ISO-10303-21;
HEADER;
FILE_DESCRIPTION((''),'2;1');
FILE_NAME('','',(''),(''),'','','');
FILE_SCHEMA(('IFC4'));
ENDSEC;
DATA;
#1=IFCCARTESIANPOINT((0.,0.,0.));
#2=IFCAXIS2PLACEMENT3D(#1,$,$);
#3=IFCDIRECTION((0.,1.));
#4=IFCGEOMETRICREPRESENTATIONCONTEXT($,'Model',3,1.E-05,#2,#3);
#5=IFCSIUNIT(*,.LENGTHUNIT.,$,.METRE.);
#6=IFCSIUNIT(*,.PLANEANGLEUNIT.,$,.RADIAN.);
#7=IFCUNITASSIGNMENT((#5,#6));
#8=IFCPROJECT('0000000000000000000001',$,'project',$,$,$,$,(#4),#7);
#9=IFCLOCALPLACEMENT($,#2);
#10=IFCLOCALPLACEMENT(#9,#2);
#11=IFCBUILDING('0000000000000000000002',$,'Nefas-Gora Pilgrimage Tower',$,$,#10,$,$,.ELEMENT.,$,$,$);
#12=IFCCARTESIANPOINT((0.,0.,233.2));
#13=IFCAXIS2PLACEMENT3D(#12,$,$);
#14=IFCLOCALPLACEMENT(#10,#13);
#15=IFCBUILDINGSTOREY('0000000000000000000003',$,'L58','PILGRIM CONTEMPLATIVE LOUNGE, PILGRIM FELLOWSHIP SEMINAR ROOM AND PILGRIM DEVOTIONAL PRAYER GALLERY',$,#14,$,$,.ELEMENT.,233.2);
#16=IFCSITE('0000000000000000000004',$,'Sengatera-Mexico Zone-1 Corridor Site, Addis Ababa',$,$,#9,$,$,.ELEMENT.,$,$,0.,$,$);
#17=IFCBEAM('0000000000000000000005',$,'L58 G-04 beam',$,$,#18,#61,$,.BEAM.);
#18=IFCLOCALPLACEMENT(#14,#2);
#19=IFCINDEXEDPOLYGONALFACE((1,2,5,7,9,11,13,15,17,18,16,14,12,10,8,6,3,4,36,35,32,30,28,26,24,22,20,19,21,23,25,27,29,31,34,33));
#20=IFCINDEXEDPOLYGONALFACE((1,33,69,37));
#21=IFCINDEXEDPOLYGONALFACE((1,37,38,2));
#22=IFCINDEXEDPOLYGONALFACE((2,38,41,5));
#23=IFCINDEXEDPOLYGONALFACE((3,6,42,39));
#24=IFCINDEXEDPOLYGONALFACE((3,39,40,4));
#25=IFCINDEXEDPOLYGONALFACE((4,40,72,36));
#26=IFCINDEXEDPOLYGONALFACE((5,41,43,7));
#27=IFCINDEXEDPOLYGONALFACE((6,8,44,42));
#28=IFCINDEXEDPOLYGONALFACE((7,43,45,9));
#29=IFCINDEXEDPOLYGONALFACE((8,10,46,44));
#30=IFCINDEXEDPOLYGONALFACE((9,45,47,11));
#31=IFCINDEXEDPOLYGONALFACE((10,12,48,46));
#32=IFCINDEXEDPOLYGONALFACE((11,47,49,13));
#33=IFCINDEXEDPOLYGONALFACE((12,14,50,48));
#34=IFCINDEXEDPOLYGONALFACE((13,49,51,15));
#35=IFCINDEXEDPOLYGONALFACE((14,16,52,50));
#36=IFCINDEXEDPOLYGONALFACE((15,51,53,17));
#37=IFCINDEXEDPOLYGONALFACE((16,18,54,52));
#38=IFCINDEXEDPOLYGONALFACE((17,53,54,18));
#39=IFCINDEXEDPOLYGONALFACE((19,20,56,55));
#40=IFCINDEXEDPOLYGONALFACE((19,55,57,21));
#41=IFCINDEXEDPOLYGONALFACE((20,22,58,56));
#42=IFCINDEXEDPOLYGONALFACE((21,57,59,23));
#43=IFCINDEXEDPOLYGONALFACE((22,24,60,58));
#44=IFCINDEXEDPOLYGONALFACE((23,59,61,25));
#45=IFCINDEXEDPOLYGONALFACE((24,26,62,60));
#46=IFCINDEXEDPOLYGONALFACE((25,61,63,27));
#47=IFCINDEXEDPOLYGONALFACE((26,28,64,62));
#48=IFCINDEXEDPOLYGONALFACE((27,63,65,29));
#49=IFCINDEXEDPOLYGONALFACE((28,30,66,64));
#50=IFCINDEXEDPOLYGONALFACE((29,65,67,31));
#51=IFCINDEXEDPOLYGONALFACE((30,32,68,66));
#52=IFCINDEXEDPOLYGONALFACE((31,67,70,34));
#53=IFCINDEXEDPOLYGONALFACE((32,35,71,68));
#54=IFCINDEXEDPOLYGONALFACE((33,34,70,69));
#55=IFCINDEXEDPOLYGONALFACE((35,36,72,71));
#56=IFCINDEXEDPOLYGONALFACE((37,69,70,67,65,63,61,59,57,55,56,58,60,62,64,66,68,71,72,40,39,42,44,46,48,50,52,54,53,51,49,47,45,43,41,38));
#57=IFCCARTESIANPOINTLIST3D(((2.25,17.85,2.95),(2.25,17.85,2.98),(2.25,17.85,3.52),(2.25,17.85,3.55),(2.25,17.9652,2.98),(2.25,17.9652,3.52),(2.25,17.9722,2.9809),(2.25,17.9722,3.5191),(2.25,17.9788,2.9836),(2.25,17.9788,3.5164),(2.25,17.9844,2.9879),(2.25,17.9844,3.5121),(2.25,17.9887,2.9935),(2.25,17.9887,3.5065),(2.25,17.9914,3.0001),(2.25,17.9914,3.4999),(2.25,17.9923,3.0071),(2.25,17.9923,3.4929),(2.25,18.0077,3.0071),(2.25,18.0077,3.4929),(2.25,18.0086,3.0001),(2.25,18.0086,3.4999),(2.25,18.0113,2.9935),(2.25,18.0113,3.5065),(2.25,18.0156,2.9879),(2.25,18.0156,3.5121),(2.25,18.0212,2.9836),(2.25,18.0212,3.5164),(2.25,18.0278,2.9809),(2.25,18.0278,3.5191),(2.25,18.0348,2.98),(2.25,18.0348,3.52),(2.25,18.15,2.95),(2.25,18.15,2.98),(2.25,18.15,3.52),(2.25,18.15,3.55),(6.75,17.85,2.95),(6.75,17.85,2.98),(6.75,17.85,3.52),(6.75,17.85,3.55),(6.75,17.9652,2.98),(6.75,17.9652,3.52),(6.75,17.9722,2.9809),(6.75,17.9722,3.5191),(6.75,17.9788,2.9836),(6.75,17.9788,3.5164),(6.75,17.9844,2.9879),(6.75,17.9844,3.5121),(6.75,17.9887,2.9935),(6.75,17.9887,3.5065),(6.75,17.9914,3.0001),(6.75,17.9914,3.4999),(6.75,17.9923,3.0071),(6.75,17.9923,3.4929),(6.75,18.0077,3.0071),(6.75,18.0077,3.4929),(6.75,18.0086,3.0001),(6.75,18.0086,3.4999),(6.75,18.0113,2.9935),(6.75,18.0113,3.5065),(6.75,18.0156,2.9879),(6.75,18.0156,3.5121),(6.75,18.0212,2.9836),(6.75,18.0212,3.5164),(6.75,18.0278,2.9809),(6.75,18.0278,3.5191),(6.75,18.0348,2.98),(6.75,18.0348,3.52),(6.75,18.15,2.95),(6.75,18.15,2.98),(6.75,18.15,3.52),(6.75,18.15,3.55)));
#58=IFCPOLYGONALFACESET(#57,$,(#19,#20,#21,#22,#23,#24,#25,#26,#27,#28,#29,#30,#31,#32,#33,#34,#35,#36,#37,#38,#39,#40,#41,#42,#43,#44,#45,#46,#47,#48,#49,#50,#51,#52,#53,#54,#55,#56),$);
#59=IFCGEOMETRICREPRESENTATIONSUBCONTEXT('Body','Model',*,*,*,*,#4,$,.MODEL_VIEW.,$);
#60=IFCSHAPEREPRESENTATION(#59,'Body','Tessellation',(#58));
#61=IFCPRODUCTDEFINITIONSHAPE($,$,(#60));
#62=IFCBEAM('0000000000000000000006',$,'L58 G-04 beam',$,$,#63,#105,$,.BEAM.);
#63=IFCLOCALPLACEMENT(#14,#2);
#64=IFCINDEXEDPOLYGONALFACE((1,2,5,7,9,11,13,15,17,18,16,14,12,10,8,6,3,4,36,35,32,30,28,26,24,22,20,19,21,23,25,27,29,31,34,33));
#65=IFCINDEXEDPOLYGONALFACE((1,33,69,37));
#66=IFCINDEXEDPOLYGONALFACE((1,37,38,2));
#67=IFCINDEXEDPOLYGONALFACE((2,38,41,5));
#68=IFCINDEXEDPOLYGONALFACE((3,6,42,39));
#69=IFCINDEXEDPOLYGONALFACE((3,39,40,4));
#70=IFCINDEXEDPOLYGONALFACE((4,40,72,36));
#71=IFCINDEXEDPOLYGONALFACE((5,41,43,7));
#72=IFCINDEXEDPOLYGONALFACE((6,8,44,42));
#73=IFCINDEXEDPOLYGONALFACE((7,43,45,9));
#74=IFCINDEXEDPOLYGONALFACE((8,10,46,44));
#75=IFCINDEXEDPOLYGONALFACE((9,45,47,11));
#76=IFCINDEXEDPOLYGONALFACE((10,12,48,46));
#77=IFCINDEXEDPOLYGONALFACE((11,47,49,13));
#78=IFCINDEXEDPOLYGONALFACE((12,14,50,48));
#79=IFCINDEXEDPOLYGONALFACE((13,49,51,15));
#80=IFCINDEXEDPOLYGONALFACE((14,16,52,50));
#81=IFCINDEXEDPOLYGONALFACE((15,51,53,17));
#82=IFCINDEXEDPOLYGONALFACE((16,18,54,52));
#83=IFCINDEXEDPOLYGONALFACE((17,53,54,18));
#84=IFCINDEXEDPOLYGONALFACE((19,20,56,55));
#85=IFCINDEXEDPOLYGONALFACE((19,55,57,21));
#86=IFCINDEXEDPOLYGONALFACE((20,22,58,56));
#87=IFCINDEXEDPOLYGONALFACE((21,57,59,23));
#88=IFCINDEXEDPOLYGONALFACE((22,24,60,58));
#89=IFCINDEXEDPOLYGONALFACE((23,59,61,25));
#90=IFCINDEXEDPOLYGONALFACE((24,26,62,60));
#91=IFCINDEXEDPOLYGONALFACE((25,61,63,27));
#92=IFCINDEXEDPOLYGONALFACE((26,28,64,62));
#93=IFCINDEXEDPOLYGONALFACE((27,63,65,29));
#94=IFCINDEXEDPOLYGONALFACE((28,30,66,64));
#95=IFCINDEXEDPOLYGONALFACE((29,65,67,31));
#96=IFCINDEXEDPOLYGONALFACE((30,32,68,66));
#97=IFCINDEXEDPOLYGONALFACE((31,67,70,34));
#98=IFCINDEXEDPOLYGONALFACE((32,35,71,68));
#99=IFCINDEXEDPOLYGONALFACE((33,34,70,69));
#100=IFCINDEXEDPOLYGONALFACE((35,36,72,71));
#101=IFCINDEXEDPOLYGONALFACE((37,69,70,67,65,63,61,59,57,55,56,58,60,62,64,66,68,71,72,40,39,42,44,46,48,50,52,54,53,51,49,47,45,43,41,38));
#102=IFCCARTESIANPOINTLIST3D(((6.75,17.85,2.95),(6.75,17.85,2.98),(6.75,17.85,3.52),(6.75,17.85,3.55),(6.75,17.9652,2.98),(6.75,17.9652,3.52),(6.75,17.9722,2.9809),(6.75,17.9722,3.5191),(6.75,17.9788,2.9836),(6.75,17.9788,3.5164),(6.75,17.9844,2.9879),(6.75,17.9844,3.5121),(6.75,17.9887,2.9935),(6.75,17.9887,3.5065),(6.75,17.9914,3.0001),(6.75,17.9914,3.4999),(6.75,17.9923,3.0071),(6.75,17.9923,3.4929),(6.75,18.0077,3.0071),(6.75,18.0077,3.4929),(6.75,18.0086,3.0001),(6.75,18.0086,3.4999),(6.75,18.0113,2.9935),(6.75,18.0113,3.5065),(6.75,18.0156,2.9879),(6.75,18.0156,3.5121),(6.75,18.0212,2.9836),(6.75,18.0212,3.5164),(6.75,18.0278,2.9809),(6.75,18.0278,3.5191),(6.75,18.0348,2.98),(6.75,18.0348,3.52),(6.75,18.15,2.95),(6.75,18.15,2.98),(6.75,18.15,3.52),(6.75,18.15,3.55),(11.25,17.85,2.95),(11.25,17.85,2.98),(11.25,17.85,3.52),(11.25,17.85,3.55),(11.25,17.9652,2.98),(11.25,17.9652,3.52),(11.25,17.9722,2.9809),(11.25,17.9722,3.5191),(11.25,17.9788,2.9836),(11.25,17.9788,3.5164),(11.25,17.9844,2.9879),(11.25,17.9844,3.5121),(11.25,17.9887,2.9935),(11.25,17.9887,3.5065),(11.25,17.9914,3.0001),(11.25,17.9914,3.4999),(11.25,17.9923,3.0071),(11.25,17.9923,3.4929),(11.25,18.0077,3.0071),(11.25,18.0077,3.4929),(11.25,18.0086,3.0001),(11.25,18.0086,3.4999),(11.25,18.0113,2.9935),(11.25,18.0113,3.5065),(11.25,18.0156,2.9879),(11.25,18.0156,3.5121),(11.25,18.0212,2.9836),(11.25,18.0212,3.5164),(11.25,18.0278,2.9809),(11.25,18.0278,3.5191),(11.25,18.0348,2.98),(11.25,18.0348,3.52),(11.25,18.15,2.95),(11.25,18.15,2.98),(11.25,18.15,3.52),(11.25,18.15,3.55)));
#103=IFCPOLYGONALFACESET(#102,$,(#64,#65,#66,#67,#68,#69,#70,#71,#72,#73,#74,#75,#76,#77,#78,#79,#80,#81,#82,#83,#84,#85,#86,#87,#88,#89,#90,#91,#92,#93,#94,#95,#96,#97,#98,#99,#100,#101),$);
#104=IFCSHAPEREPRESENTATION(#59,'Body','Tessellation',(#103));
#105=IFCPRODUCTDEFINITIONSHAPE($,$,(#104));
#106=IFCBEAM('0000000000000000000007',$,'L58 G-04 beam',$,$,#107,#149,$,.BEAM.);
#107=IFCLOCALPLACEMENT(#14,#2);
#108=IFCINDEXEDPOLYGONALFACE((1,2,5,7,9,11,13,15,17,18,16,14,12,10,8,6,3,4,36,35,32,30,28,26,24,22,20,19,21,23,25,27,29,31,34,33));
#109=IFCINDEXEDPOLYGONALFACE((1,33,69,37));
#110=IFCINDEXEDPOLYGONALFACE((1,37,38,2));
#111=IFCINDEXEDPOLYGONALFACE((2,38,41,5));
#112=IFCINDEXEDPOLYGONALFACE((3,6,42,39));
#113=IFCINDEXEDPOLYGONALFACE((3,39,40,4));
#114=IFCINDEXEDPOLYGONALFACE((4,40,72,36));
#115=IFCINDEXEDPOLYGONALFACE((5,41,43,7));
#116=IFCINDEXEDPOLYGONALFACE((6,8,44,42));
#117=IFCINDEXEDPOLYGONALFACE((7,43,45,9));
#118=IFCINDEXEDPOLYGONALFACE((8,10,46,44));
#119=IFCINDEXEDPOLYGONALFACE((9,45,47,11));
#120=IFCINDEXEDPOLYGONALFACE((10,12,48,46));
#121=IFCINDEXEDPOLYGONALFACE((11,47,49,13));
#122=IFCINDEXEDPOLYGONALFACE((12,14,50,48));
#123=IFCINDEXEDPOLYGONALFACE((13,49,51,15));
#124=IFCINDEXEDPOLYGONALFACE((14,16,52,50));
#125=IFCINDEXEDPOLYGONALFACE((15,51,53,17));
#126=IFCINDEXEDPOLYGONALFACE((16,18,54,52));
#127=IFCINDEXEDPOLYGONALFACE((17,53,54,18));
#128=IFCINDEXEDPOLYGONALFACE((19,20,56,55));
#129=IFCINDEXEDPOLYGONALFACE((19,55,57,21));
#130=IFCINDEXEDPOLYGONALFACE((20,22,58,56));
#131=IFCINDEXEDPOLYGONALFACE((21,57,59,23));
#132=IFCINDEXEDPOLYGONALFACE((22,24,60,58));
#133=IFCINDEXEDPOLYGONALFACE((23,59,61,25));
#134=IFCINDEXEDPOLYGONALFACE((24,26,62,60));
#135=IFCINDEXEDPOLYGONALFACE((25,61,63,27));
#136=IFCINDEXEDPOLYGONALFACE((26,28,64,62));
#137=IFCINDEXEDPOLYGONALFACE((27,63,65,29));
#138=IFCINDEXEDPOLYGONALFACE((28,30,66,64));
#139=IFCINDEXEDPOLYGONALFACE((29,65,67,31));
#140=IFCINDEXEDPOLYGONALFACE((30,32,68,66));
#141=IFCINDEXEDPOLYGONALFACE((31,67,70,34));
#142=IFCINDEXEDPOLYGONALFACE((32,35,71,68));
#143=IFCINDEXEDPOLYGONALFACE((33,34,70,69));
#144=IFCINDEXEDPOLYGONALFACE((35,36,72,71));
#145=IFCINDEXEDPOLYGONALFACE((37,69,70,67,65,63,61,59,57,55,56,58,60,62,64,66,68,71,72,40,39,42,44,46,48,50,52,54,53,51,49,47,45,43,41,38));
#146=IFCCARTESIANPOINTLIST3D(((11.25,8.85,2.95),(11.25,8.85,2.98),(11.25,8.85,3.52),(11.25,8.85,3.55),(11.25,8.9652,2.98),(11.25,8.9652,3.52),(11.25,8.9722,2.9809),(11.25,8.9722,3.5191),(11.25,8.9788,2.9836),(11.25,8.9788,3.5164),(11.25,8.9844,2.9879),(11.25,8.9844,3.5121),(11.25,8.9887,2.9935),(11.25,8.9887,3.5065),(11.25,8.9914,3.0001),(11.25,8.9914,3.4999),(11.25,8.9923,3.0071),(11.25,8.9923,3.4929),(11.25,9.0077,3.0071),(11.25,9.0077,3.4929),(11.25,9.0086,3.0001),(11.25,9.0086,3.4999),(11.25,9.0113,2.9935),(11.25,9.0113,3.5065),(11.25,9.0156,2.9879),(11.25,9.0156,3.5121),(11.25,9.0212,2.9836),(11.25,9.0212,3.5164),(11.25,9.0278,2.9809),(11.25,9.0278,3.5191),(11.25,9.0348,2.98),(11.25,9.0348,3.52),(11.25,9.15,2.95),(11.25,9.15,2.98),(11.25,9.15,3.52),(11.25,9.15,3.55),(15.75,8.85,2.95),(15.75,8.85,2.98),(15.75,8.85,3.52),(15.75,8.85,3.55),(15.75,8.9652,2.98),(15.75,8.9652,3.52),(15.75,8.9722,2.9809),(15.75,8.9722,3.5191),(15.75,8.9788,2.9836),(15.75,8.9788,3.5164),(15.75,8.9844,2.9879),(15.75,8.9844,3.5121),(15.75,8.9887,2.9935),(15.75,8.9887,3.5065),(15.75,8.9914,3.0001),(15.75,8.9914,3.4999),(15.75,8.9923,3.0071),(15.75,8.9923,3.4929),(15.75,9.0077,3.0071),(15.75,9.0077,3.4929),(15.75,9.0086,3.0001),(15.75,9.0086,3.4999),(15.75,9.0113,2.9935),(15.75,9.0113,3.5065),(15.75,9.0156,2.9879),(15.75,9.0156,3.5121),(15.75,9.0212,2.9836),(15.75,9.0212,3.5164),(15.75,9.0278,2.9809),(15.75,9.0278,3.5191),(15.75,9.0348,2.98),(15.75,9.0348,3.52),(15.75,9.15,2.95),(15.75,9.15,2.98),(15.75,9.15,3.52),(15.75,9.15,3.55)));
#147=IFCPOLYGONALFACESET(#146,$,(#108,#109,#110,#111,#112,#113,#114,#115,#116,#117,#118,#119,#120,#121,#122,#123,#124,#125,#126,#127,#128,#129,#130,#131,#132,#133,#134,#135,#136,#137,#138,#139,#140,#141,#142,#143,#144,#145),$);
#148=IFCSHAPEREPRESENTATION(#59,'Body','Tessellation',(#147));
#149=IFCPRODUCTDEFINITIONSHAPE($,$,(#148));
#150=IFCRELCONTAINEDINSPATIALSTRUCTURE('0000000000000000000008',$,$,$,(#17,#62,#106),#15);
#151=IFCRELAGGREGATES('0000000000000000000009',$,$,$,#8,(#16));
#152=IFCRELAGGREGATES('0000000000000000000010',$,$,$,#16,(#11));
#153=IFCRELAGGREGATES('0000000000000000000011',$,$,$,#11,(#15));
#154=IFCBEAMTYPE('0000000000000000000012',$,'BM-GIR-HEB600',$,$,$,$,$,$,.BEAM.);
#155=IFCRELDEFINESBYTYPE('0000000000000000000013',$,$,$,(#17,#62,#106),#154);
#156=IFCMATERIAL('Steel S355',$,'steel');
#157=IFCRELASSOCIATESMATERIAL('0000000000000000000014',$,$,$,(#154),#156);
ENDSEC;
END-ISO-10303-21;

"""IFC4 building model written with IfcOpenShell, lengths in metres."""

from ifc_helpers import new_model, si_unit, direction, frame, origin, origin_2d, place, context, subcontext, project, spatial, i_section, extrude, source, transform, mapped, material, material_profile, profile_set, type_object, element, save


model = new_model("IFC4")

# Units and contexts
model_context = context("Model", 3, precision=1e-05, world=origin(), true_north=direction((0.0, 1.0)))
body_context = subcontext(model_context, "Body", "Model", "MODEL_VIEW")
ifc_project = project(units=[si_unit("LENGTHUNIT", "METRE"), si_unit("PLANEANGLEUNIT", "RADIAN")], contexts=[model_context])

# Site, building, storey
site_placement = place(None, origin())
site = spatial("IfcSite", under=ifc_project, at=site_placement, Name="Sengatera-Mexico Zone-1 Corridor Site, Addis Ababa", CompositionType="ELEMENT", RefElevation=0.0)
building_placement = place(site_placement, origin())
building = spatial("IfcBuilding", under=site, at=building_placement, Name="Nefas-Gora Pilgrimage Tower", CompositionType="ELEMENT")
storey_placement = place(building_placement, frame((0.0, 0.0, 233.2)))
storey = spatial("IfcBuildingStorey", under=building, at=storey_placement, Name="L58", Description="PILGRIM CONTEMPLATIVE LOUNGE, PILGRIM FELLOWSHIP SEMINAR ROOM AND PILGRIM DEVOTIONAL PRAYER GALLERY", CompositionType="ELEMENT", Elevation=233.2)

# Beams
ifc_material_1 = material(Name="Steel S355", Category="steel")
ifc_material_profile_1 = material_profile(ifc_material_1, i_section(OverallWidth=0.3, OverallDepth=0.6001, WebThickness=0.0154, FlangeThickness=0.03, FilletRadius=0.0271, at=origin_2d()), Name="HEB 600")
ifc_profile_set_1 = profile_set([ifc_material_profile_1], Name="Steel S355")
beam_type = type_object("IfcBeamType", Name="BM-GIR-HEB600", PredefinedType="BEAM", material=ifc_profile_set_1)
shared_shape_1 = source(origin(), body_context, "Body", "SweptSolid", [
    extrude(i_section(OverallWidth=0.3, OverallDepth=0.6001, WebThickness=0.0154, FlangeThickness=0.03, FilletRadius=0.0271, at=origin_2d()), origin(), (0.0, 0.0, 1.0), 4.5),
])
for number, where, z_axis, x_axis, name in (
    (1, (2.25, 18.0, 3.25), (1.0, 0.0, 0.0), (0.0, 1.0, 0.0), "L58 G-04 beam"),
    (2, (6.75, 18.0, 3.25), (1.0, 0.0, 0.0), (0.0, 1.0, 0.0), "L58 G-04 beam"),
    (3, (11.25, 9.0, 3.25), (1.0, 0.0, 0.0), (0.0, 1.0, 0.0), "L58 G-04 beam"),
):
    element("IfcBeam", number, at=place(storey_placement, frame(where, z_axis=z_axis, x_axis=x_axis)), inside=storey, type_object=beam_type, Name=name, PredefinedType="BEAM", context=body_context, shape_type="MappedRepresentation", body=[
        mapped(shared_shape_1, transform((0.0, 0.0, 0.0), x_axis=(1.0, 0.0, 0.0), y_axis=(0.0, 1.0, 0.0), z_axis=(0.0, 0.0, 1.0), scale=1.0)),
    ])

save(model, "model.ifc")
